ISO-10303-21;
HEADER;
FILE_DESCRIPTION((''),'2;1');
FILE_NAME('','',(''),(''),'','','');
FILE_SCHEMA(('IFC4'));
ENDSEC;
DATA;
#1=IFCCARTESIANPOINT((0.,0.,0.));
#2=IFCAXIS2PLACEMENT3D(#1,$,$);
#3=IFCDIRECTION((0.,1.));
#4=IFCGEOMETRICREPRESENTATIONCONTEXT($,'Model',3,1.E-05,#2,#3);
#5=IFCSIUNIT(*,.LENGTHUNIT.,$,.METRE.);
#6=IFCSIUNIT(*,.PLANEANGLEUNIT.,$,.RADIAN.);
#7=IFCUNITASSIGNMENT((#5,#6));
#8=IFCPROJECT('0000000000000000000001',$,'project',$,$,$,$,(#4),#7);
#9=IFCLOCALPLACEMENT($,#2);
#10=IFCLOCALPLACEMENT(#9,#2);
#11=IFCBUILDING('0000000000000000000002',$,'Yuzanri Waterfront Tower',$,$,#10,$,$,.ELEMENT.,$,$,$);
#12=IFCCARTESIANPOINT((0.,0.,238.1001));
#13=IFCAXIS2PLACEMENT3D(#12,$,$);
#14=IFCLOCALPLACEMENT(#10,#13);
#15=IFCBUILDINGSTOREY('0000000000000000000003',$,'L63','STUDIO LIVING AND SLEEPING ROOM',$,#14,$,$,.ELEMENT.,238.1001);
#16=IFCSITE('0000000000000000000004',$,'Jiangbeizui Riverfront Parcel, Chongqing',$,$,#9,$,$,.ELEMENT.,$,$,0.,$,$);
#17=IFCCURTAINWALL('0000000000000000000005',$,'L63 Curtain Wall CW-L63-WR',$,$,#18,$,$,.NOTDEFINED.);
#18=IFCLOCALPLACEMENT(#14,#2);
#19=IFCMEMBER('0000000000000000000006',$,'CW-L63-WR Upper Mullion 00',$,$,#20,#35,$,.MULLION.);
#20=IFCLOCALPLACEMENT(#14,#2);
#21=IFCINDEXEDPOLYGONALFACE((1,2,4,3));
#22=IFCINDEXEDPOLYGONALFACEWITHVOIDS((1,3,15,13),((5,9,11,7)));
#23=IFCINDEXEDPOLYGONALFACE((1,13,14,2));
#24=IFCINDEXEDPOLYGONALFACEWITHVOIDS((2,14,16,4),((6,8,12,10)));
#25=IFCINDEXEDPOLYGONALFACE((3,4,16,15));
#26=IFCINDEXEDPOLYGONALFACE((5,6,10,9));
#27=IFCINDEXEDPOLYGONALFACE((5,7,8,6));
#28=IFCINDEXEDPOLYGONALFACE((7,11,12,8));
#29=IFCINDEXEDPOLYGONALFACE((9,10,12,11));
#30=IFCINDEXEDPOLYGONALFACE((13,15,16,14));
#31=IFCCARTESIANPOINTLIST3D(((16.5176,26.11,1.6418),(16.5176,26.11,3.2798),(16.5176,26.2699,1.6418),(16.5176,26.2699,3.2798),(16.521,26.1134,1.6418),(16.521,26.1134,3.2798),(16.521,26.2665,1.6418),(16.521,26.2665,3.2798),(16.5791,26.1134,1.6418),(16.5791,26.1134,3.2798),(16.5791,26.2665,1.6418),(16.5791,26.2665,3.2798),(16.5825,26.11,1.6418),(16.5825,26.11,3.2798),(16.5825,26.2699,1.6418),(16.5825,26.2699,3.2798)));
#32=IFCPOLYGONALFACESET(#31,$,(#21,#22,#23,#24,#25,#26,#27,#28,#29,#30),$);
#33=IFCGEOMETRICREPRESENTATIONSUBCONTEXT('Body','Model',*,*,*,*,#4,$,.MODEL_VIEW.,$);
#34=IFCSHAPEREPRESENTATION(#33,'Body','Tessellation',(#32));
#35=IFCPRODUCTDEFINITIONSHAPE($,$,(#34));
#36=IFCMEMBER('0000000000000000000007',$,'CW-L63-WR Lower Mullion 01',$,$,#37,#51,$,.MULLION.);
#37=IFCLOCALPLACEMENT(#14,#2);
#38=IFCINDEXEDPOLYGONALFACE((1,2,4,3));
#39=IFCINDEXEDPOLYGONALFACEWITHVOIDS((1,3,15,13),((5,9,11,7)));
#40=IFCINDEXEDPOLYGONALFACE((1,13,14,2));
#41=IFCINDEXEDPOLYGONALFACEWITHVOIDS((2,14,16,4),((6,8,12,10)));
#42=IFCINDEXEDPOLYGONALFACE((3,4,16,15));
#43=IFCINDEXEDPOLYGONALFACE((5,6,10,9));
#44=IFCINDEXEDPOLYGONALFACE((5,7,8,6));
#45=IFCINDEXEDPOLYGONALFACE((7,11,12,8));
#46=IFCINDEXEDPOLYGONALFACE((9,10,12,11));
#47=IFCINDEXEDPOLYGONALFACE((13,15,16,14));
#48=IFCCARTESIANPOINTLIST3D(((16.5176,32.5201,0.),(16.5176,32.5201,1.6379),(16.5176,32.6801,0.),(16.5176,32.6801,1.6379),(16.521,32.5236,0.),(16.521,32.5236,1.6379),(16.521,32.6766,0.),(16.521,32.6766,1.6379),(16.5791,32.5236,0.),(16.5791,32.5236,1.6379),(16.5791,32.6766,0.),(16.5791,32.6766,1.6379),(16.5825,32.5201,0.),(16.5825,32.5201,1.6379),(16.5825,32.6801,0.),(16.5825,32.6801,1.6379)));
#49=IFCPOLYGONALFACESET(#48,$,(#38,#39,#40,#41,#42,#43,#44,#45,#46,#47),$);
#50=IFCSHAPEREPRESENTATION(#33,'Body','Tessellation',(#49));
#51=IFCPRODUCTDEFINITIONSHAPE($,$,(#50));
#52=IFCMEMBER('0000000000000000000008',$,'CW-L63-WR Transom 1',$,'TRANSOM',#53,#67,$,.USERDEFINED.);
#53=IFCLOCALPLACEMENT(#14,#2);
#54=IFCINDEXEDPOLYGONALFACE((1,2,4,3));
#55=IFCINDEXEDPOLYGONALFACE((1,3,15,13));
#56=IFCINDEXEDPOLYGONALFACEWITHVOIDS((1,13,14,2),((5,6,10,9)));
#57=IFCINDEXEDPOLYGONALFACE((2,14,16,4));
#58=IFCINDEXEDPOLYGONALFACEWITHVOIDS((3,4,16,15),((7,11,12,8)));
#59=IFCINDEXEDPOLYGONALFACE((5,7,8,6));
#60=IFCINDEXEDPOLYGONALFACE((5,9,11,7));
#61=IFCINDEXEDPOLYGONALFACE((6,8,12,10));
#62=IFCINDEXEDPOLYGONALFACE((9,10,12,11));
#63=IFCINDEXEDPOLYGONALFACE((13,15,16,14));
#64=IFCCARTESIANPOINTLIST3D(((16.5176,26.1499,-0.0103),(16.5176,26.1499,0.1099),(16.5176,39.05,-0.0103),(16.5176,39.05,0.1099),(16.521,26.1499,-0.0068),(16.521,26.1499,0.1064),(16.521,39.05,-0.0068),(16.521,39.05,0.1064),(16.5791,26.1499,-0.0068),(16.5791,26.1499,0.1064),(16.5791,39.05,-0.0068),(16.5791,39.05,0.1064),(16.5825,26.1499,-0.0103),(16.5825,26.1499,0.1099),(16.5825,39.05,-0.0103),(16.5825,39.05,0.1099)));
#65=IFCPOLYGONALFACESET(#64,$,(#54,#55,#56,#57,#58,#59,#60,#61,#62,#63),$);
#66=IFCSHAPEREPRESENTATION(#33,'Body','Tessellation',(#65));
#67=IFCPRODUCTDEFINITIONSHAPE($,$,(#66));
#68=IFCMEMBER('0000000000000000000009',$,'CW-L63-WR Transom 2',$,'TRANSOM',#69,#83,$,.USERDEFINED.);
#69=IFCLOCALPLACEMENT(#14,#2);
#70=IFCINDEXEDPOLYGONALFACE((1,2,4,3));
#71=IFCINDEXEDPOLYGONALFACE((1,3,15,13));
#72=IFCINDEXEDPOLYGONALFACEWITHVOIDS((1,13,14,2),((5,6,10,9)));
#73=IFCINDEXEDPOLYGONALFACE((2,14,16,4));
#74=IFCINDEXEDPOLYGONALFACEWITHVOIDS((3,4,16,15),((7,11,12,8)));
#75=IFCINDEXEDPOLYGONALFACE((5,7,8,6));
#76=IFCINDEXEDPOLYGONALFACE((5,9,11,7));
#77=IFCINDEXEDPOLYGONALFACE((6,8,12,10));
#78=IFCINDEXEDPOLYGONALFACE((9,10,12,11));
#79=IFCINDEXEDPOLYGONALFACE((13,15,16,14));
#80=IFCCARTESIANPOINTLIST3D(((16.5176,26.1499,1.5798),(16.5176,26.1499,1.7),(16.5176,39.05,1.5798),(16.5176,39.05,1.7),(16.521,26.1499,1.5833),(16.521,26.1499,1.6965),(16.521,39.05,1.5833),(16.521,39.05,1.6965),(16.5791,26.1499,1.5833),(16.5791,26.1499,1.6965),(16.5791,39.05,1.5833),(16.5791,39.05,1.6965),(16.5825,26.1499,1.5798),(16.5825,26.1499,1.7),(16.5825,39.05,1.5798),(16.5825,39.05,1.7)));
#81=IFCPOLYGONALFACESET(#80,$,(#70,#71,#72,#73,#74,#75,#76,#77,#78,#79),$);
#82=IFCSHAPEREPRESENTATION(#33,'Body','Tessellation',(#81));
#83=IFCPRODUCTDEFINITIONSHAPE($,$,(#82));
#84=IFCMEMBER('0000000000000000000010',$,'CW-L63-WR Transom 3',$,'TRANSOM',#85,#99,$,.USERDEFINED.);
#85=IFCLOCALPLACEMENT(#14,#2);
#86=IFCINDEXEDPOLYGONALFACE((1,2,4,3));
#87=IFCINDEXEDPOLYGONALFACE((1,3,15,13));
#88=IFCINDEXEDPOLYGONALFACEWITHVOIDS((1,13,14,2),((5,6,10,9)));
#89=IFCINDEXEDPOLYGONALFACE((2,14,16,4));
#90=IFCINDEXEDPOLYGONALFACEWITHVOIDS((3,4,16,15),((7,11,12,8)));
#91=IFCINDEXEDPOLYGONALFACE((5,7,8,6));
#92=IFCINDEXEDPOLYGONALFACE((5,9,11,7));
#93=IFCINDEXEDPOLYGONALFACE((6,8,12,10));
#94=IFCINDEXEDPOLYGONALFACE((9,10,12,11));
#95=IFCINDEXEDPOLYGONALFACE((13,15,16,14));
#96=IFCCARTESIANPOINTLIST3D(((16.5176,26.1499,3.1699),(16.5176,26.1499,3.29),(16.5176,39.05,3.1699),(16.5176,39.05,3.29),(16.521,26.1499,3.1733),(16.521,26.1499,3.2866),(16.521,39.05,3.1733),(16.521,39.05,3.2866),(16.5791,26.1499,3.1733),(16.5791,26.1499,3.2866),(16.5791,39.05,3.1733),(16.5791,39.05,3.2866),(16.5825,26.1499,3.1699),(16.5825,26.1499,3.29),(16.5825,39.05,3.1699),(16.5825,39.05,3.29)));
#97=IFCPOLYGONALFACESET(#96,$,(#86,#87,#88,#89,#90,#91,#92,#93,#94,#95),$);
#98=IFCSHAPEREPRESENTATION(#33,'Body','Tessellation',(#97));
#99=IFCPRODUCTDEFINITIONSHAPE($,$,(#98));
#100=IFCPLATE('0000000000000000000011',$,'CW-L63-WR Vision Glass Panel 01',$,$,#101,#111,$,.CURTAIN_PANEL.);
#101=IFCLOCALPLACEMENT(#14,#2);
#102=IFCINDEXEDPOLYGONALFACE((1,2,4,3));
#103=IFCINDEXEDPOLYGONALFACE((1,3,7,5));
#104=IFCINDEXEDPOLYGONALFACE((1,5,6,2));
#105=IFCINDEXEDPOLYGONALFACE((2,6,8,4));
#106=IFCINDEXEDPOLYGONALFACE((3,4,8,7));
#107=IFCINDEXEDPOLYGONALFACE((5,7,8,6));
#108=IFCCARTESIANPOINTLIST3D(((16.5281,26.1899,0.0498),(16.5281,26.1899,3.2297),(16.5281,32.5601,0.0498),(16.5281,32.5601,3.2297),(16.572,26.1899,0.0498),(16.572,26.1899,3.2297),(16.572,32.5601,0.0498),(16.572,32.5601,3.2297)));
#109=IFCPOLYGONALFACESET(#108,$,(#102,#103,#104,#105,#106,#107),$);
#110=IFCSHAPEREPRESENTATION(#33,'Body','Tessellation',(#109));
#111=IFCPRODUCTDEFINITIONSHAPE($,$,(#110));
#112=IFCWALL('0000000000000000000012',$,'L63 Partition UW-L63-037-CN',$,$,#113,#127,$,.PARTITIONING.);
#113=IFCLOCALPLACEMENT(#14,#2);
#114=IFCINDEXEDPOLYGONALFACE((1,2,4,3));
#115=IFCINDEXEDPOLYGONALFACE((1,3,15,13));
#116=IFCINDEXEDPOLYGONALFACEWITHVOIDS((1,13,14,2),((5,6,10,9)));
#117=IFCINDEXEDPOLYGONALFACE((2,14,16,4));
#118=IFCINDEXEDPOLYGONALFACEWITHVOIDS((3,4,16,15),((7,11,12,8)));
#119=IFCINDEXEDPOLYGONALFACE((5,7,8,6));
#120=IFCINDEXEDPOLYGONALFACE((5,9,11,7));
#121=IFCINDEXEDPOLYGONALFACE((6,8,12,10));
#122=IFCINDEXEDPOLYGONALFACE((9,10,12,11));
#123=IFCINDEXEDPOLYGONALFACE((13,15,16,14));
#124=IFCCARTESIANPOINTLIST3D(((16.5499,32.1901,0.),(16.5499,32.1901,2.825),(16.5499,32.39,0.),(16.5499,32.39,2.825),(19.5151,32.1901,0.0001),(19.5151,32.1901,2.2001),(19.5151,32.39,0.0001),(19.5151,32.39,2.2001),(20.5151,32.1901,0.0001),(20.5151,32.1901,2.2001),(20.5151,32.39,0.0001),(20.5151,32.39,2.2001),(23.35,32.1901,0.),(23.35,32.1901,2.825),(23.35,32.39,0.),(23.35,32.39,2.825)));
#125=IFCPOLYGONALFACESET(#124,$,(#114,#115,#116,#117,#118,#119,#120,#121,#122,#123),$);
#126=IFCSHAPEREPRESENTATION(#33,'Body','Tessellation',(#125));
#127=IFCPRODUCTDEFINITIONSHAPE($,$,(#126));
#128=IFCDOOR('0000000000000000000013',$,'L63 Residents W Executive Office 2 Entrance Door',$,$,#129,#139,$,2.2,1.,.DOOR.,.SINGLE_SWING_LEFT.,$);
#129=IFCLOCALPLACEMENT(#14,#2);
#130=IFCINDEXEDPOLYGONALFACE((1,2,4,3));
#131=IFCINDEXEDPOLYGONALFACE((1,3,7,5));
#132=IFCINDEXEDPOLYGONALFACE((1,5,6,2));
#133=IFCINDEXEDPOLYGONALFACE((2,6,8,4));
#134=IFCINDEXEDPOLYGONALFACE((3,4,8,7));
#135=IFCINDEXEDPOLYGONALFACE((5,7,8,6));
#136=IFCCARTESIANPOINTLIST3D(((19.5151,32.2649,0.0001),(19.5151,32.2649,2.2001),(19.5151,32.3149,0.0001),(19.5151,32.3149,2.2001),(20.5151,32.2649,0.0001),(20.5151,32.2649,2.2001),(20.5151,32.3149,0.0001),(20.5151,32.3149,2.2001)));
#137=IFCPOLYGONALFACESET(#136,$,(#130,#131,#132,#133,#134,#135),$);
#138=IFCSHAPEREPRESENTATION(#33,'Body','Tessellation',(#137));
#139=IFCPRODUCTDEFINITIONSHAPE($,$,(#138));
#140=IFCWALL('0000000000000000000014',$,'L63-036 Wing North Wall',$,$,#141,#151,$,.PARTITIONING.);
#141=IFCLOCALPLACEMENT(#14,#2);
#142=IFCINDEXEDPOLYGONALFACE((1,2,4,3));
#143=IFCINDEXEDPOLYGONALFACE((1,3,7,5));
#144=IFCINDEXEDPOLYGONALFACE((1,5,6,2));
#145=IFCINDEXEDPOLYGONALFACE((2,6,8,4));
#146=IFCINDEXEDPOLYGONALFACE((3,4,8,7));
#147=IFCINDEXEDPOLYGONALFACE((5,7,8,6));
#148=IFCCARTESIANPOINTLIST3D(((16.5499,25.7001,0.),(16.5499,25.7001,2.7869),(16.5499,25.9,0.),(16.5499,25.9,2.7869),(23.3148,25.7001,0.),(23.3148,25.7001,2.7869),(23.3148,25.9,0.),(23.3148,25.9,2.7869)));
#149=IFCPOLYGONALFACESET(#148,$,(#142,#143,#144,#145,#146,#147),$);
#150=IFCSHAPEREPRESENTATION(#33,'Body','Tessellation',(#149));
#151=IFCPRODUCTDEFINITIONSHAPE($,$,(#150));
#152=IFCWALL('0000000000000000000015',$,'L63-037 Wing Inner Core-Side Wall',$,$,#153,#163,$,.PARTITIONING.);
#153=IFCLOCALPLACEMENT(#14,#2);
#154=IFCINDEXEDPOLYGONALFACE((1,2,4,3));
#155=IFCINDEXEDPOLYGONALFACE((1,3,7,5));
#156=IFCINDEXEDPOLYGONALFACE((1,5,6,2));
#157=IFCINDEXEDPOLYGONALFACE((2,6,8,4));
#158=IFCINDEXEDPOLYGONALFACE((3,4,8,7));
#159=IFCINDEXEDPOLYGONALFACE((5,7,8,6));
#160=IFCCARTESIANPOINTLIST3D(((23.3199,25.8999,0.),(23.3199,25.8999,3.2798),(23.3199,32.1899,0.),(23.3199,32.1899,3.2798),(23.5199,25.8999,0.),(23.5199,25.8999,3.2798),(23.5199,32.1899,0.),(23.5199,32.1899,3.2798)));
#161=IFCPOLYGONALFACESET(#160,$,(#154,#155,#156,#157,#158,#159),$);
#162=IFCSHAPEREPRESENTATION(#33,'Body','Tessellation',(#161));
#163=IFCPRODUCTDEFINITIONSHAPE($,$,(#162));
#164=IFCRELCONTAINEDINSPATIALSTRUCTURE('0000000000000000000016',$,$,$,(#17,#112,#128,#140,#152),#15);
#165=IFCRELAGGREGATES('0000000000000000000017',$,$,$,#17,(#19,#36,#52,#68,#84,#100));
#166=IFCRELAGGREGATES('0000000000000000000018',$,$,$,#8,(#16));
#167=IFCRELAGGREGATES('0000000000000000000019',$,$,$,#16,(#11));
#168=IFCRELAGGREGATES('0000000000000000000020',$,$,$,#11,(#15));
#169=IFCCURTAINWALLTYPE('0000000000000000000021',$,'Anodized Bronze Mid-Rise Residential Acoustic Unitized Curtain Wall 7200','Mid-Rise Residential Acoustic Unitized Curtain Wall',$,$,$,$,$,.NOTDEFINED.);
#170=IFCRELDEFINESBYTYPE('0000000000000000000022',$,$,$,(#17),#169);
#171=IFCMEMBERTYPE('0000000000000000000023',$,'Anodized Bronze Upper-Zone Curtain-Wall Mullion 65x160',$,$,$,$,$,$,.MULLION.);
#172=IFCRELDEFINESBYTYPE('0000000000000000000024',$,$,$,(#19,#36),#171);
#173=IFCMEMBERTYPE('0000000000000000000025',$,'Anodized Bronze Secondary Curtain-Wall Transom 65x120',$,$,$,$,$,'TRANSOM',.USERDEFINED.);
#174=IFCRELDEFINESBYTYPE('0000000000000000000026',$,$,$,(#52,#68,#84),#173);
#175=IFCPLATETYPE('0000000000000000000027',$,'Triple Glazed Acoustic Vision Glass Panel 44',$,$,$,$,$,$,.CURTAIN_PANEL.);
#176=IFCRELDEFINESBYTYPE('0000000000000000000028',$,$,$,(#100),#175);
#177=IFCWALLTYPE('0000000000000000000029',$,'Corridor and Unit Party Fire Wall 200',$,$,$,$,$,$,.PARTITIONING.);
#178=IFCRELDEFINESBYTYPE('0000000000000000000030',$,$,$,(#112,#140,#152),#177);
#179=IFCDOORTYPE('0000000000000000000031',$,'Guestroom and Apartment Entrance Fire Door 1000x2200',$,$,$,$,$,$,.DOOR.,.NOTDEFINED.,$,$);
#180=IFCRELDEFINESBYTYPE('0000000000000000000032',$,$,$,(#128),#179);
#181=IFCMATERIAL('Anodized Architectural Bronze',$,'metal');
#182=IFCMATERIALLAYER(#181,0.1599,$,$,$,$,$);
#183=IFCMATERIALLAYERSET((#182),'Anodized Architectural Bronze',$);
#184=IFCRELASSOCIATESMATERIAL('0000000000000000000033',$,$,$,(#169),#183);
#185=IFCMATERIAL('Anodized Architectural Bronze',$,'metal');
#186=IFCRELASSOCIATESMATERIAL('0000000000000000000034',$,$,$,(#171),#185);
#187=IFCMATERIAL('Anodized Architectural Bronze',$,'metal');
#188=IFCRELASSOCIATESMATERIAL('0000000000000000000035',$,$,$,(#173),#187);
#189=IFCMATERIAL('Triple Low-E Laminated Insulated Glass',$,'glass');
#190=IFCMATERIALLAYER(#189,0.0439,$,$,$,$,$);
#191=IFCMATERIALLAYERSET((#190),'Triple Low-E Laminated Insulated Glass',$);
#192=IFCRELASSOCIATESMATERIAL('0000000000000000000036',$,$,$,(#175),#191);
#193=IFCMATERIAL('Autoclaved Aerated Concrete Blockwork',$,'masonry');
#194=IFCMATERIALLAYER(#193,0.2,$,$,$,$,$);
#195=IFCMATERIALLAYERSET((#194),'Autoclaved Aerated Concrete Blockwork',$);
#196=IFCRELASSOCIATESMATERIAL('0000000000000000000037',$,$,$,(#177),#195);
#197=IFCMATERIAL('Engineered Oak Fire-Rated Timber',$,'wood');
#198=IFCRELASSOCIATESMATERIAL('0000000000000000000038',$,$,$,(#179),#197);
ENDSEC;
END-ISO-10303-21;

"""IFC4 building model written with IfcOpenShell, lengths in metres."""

from ifc_helpers import new_model, si_unit, direction, frame, frame_2d, origin, origin_2d, place, context, subcontext, project, spatial, rectangle, hollow_rectangle, extrude, source, transform, mapped, material, layer, layer_set, material_profile, profile_set, type_object, element, fill, aggregate, save


model = new_model("IFC4")

# Units and contexts
model_context = context("Model", 3, precision=1e-05, world=origin(), true_north=direction((0.0, 1.0)))
body_context = subcontext(model_context, "Body", "Model", "MODEL_VIEW")
ifc_project = project(units=[si_unit("LENGTHUNIT", "METRE"), si_unit("PLANEANGLEUNIT", "RADIAN")], contexts=[model_context])

# Site, building, storey
site_placement = place(None, origin())
site = spatial("IfcSite", under=ifc_project, at=site_placement, Name="Jiangbeizui Riverfront Parcel, Chongqing", CompositionType="ELEMENT", RefElevation=0.0)
building_placement = place(site_placement, origin())
building = spatial("IfcBuilding", under=site, at=building_placement, Name="Yuzanri Waterfront Tower", CompositionType="ELEMENT")
storey_placement = place(building_placement, frame((0.0, 0.0, 238.1001)))
storey = spatial("IfcBuildingStorey", under=building, at=storey_placement, Name="L63", Description="STUDIO LIVING AND SLEEPING ROOM", CompositionType="ELEMENT", Elevation=238.1001)

# Shared definitions
ifc_material_1 = material(Name="Anodized Architectural Bronze", Category="metal")
ifc_layer_1 = layer(ifc_material_1, 0.1599)
ifc_layer_set_1 = layer_set([ifc_layer_1], Name="Anodized Architectural Bronze")
curtain_wall_type = type_object("IfcCurtainWallType", Name="Anodized Bronze Mid-Rise Residential Acoustic Unitized Curtain Wall 7200", Description="Mid-Rise Residential Acoustic Unitized Curtain Wall", PredefinedType="NOTDEFINED", material=ifc_layer_set_1)
ifc_material_2 = material(Name="Anodized Architectural Bronze", Category="metal")
ifc_material_profile_1 = material_profile(ifc_material_2, hollow_rectangle(XDim=0.0649, YDim=0.1599, WallThickness=0.0034, at=origin_2d()), Name="CWM 65x160")
ifc_profile_set_1 = profile_set([ifc_material_profile_1], Name="Anodized Architectural Bronze")
member_type_1 = type_object("IfcMemberType", Name="Anodized Bronze Upper-Zone Curtain-Wall Mullion 65x160", PredefinedType="MULLION", material=ifc_profile_set_1)
shared_shape_1 = source(origin(), body_context, "Body", "SweptSolid", [
    extrude(hollow_rectangle(XDim=0.0649, YDim=0.1599, WallThickness=0.0034, at=origin_2d()), origin(), (0.0, 0.0, 1.0), 1.6379),
])

# Curtain wall, members, plate
curtain_wall_1_placement = place(storey_placement, origin())
curtain_wall_1 = element("IfcCurtainWall", 1, at=curtain_wall_1_placement, inside=storey, type_object=curtain_wall_type, Name="L63 Curtain Wall CW-L63-WR", PredefinedType="NOTDEFINED")
member_1_placement = place(storey_placement, frame((16.55, 26.1899, 1.6418), z_axis=(0.0, 0.0, 1.0), x_axis=(1.0, 0.0, 0.0)))
member_1 = element("IfcMember", 2, at=member_1_placement, type_object=member_type_1, Name="CW-L63-WR Upper Mullion 00", PredefinedType="MULLION", context=body_context, shape_type="MappedRepresentation", body=[
    mapped(shared_shape_1, transform((0.0, 0.0, 0.0), scale=1.0)),
])
member_2_placement = place(storey_placement, frame((16.55, 32.6001, 0.0), z_axis=(0.0, 0.0, 1.0), x_axis=(1.0, 0.0, 0.0)))
member_2 = element("IfcMember", 3, at=member_2_placement, type_object=member_type_1, Name="CW-L63-WR Lower Mullion 01", PredefinedType="MULLION", context=body_context, shape_type="MappedRepresentation", body=[
    mapped(shared_shape_1, transform((0.0, 0.0, 0.0), scale=1.0)),
])
ifc_material_3 = material(Name="Anodized Architectural Bronze", Category="metal")
ifc_material_profile_2 = material_profile(ifc_material_3, hollow_rectangle(XDim=0.0649, YDim=0.1201, WallThickness=0.0034, at=origin_2d()), Name="CWT 65x120")
ifc_profile_set_2 = profile_set([ifc_material_profile_2], Name="Anodized Architectural Bronze")
member_type_2 = type_object("IfcMemberType", Name="Anodized Bronze Secondary Curtain-Wall Transom 65x120", ElementType="TRANSOM", PredefinedType="USERDEFINED", material=ifc_profile_set_2)
shared_shape_2 = source(origin(), body_context, "Body", "SweptSolid", [
    extrude(hollow_rectangle(XDim=0.0649, YDim=0.1201, WallThickness=0.0034, at=origin_2d()), origin(), (0.0, 0.0, 1.0), 12.9001),
])
member_3_placement = place(storey_placement, frame((16.55, 26.1499, 0.0498), z_axis=(0.0, 1.0, 0.0), x_axis=(-1.0, 0.0, 0.0)))
member_3 = element("IfcMember", 4, at=member_3_placement, type_object=member_type_2, Name="CW-L63-WR Transom 1", ObjectType="TRANSOM", PredefinedType="USERDEFINED", context=body_context, shape_type="MappedRepresentation", body=[
    mapped(shared_shape_2, transform((0.0, 0.0, 0.0), scale=1.0)),
])
member_4_placement = place(storey_placement, frame((16.55, 26.1499, 1.6399), z_axis=(0.0, 1.0, 0.0), x_axis=(-1.0, 0.0, 0.0)))
member_4 = element("IfcMember", 5, at=member_4_placement, type_object=member_type_2, Name="CW-L63-WR Transom 2", ObjectType="TRANSOM", PredefinedType="USERDEFINED", context=body_context, shape_type="MappedRepresentation", body=[
    mapped(shared_shape_2, transform((0.0, 0.0, 0.0), scale=1.0)),
])
member_5_placement = place(storey_placement, frame((16.55, 26.1499, 3.23), z_axis=(0.0, 1.0, 0.0), x_axis=(-1.0, 0.0, 0.0)))
member_5 = element("IfcMember", 6, at=member_5_placement, type_object=member_type_2, Name="CW-L63-WR Transom 3", ObjectType="TRANSOM", PredefinedType="USERDEFINED", context=body_context, shape_type="MappedRepresentation", body=[
    mapped(shared_shape_2, transform((0.0, 0.0, 0.0), scale=1.0)),
])
ifc_material_4 = material(Name="Triple Low-E Laminated Insulated Glass", Category="glass")
ifc_layer_2 = layer(ifc_material_4, 0.0439)
ifc_layer_set_2 = layer_set([ifc_layer_2], Name="Triple Low-E Laminated Insulated Glass")
plate_type = type_object("IfcPlateType", Name="Triple Glazed Acoustic Vision Glass Panel 44", PredefinedType="CURTAIN_PANEL", material=ifc_layer_set_2)
shared_shape_3 = source(origin(), body_context, "Body", "SweptSolid", [
    extrude(rectangle(XDim=6.3701, YDim=0.0439, at=origin_2d()), origin(), (0.0, 0.0, 1.0), 3.1799),
])
plate_placement = place(storey_placement, frame((16.55, 29.375, 0.0498), z_axis=(0.0, 0.0, 1.0), x_axis=(0.0, 1.0, 0.0)))
plate = element("IfcPlate", 7, at=plate_placement, type_object=plate_type, Name="CW-L63-WR Vision Glass Panel 01", PredefinedType="CURTAIN_PANEL", context=body_context, shape_type="MappedRepresentation", body=[
    mapped(shared_shape_3, transform((0.0, 0.0, 0.0), scale=1.0)),
])
aggregate(curtain_wall_1, [member_1, member_2, member_3, member_4, member_5, plate])

# Wall, opening, door
ifc_material_5 = material(Name="Autoclaved Aerated Concrete Blockwork", Category="masonry")
ifc_layer_3 = layer(ifc_material_5, 0.2)
ifc_layer_set_3 = layer_set([ifc_layer_3], Name="Autoclaved Aerated Concrete Blockwork")
wall_type_1 = type_object("IfcWallType", Name="Corridor and Unit Party Fire Wall 200", PredefinedType="PARTITIONING", material=ifc_layer_set_3)
wall_1_placement = place(storey_placement, frame((16.55, 32.29, 0.0), z_axis=(0.0, 0.0, 1.0), x_axis=(1.0, 0.0, 0.0)))
wall_1 = element("IfcWall", 8, at=wall_1_placement, inside=storey, type_object=wall_type_1, Name="L63 Partition UW-L63-037-CN", PredefinedType="PARTITIONING", context=body_context, shape_type="SweptSolid", body=[
    extrude(rectangle(XDim=6.8, YDim=0.2, at=frame_2d((3.3999, 0.0))), origin(), (0.0, 0.0, 1.0), 2.825),
])
opening_1_placement = place(wall_1_placement, frame((2.9651, 0.0, 0.0)))
opening_1 = element("IfcOpeningElement", 9, at=opening_1_placement, cuts=wall_1, PredefinedType="OPENING", context=body_context, shape_type="SweptSolid", body=[
    extrude(rectangle(XDim=1.0, YDim=2.2, at=frame_2d((0.5, 1.1001))), frame((0.0, 0.1147, 0.0), z_axis=(0.0, -1.0, 0.0), x_axis=(1.0, 0.0, 0.0)), (0.0, 0.0, 1.0), 0.2297),
])
ifc_material_6 = material(Name="Engineered Oak Fire-Rated Timber", Category="wood")
door_type_1 = type_object("IfcDoorType", Name="Guestroom and Apartment Entrance Fire Door 1000x2200", OperationType="NOTDEFINED", PredefinedType="DOOR", material=ifc_material_6)
shared_shape_4 = source(origin(), body_context, "Body", "SweptSolid", [
    extrude(rectangle(XDim=1.0, YDim=2.2, at=frame_2d((0.5, 1.1001))), frame((0.0, 0.0249, 0.0), z_axis=(0.0, -1.0, 0.0), x_axis=(1.0, 0.0, 0.0)), (0.0, 0.0, 1.0), 0.05),
])
door_1_placement = place(opening_1_placement, origin())
door_1 = element("IfcDoor", 10, at=door_1_placement, inside=storey, type_object=door_type_1, Name="L63 Residents W Executive Office 2 Entrance Door", OperationType="SINGLE_SWING_LEFT", OverallHeight=2.2, OverallWidth=1.0, PredefinedType="DOOR", context=body_context, shape_type="MappedRepresentation", body=[
    mapped(shared_shape_4, transform((0.0, 0.0, 0.0), scale=1.0)),
])
fill(opening_1, door_1)

# Walls
shared_shape_5 = source(origin(), body_context, "Body", "SweptSolid", [
    extrude(rectangle(XDim=6.7649, YDim=0.2, at=frame_2d((3.3823, 0.0))), origin(), (0.0, 0.0, 1.0), 2.7869),
])
wall_2_placement = place(storey_placement, frame((16.55, 25.8, 0.0), z_axis=(0.0, 0.0, 1.0), x_axis=(1.0, 0.0, 0.0)))
element("IfcWall", 11, at=wall_2_placement, inside=storey, type_object=wall_type_1, Name="L63-036 Wing North Wall", PredefinedType="PARTITIONING", context=body_context, shape_type="MappedRepresentation", body=[
    mapped(shared_shape_5, transform((0.0, 0.0, 0.0), scale=1.0)),
])
shared_shape_6 = source(origin(), body_context, "Body", "SweptSolid", [
    extrude(rectangle(XDim=6.29, YDim=0.2, at=frame_2d((3.145, 0.0))), origin(), (0.0, 0.0, 1.0), 3.2798),
])
wall_3_placement = place(storey_placement, frame((23.4199, 25.8999, 0.0), z_axis=(0.0, 0.0, 1.0), x_axis=(0.0, 1.0, 0.0)))
element("IfcWall", 12, at=wall_3_placement, inside=storey, type_object=wall_type_1, Name="L63-037 Wing Inner Core-Side Wall", PredefinedType="PARTITIONING", context=body_context, shape_type="MappedRepresentation", body=[
    mapped(shared_shape_6, transform((0.0, 0.0, 0.0), scale=1.0)),
])

save(model, "model.ifc")
